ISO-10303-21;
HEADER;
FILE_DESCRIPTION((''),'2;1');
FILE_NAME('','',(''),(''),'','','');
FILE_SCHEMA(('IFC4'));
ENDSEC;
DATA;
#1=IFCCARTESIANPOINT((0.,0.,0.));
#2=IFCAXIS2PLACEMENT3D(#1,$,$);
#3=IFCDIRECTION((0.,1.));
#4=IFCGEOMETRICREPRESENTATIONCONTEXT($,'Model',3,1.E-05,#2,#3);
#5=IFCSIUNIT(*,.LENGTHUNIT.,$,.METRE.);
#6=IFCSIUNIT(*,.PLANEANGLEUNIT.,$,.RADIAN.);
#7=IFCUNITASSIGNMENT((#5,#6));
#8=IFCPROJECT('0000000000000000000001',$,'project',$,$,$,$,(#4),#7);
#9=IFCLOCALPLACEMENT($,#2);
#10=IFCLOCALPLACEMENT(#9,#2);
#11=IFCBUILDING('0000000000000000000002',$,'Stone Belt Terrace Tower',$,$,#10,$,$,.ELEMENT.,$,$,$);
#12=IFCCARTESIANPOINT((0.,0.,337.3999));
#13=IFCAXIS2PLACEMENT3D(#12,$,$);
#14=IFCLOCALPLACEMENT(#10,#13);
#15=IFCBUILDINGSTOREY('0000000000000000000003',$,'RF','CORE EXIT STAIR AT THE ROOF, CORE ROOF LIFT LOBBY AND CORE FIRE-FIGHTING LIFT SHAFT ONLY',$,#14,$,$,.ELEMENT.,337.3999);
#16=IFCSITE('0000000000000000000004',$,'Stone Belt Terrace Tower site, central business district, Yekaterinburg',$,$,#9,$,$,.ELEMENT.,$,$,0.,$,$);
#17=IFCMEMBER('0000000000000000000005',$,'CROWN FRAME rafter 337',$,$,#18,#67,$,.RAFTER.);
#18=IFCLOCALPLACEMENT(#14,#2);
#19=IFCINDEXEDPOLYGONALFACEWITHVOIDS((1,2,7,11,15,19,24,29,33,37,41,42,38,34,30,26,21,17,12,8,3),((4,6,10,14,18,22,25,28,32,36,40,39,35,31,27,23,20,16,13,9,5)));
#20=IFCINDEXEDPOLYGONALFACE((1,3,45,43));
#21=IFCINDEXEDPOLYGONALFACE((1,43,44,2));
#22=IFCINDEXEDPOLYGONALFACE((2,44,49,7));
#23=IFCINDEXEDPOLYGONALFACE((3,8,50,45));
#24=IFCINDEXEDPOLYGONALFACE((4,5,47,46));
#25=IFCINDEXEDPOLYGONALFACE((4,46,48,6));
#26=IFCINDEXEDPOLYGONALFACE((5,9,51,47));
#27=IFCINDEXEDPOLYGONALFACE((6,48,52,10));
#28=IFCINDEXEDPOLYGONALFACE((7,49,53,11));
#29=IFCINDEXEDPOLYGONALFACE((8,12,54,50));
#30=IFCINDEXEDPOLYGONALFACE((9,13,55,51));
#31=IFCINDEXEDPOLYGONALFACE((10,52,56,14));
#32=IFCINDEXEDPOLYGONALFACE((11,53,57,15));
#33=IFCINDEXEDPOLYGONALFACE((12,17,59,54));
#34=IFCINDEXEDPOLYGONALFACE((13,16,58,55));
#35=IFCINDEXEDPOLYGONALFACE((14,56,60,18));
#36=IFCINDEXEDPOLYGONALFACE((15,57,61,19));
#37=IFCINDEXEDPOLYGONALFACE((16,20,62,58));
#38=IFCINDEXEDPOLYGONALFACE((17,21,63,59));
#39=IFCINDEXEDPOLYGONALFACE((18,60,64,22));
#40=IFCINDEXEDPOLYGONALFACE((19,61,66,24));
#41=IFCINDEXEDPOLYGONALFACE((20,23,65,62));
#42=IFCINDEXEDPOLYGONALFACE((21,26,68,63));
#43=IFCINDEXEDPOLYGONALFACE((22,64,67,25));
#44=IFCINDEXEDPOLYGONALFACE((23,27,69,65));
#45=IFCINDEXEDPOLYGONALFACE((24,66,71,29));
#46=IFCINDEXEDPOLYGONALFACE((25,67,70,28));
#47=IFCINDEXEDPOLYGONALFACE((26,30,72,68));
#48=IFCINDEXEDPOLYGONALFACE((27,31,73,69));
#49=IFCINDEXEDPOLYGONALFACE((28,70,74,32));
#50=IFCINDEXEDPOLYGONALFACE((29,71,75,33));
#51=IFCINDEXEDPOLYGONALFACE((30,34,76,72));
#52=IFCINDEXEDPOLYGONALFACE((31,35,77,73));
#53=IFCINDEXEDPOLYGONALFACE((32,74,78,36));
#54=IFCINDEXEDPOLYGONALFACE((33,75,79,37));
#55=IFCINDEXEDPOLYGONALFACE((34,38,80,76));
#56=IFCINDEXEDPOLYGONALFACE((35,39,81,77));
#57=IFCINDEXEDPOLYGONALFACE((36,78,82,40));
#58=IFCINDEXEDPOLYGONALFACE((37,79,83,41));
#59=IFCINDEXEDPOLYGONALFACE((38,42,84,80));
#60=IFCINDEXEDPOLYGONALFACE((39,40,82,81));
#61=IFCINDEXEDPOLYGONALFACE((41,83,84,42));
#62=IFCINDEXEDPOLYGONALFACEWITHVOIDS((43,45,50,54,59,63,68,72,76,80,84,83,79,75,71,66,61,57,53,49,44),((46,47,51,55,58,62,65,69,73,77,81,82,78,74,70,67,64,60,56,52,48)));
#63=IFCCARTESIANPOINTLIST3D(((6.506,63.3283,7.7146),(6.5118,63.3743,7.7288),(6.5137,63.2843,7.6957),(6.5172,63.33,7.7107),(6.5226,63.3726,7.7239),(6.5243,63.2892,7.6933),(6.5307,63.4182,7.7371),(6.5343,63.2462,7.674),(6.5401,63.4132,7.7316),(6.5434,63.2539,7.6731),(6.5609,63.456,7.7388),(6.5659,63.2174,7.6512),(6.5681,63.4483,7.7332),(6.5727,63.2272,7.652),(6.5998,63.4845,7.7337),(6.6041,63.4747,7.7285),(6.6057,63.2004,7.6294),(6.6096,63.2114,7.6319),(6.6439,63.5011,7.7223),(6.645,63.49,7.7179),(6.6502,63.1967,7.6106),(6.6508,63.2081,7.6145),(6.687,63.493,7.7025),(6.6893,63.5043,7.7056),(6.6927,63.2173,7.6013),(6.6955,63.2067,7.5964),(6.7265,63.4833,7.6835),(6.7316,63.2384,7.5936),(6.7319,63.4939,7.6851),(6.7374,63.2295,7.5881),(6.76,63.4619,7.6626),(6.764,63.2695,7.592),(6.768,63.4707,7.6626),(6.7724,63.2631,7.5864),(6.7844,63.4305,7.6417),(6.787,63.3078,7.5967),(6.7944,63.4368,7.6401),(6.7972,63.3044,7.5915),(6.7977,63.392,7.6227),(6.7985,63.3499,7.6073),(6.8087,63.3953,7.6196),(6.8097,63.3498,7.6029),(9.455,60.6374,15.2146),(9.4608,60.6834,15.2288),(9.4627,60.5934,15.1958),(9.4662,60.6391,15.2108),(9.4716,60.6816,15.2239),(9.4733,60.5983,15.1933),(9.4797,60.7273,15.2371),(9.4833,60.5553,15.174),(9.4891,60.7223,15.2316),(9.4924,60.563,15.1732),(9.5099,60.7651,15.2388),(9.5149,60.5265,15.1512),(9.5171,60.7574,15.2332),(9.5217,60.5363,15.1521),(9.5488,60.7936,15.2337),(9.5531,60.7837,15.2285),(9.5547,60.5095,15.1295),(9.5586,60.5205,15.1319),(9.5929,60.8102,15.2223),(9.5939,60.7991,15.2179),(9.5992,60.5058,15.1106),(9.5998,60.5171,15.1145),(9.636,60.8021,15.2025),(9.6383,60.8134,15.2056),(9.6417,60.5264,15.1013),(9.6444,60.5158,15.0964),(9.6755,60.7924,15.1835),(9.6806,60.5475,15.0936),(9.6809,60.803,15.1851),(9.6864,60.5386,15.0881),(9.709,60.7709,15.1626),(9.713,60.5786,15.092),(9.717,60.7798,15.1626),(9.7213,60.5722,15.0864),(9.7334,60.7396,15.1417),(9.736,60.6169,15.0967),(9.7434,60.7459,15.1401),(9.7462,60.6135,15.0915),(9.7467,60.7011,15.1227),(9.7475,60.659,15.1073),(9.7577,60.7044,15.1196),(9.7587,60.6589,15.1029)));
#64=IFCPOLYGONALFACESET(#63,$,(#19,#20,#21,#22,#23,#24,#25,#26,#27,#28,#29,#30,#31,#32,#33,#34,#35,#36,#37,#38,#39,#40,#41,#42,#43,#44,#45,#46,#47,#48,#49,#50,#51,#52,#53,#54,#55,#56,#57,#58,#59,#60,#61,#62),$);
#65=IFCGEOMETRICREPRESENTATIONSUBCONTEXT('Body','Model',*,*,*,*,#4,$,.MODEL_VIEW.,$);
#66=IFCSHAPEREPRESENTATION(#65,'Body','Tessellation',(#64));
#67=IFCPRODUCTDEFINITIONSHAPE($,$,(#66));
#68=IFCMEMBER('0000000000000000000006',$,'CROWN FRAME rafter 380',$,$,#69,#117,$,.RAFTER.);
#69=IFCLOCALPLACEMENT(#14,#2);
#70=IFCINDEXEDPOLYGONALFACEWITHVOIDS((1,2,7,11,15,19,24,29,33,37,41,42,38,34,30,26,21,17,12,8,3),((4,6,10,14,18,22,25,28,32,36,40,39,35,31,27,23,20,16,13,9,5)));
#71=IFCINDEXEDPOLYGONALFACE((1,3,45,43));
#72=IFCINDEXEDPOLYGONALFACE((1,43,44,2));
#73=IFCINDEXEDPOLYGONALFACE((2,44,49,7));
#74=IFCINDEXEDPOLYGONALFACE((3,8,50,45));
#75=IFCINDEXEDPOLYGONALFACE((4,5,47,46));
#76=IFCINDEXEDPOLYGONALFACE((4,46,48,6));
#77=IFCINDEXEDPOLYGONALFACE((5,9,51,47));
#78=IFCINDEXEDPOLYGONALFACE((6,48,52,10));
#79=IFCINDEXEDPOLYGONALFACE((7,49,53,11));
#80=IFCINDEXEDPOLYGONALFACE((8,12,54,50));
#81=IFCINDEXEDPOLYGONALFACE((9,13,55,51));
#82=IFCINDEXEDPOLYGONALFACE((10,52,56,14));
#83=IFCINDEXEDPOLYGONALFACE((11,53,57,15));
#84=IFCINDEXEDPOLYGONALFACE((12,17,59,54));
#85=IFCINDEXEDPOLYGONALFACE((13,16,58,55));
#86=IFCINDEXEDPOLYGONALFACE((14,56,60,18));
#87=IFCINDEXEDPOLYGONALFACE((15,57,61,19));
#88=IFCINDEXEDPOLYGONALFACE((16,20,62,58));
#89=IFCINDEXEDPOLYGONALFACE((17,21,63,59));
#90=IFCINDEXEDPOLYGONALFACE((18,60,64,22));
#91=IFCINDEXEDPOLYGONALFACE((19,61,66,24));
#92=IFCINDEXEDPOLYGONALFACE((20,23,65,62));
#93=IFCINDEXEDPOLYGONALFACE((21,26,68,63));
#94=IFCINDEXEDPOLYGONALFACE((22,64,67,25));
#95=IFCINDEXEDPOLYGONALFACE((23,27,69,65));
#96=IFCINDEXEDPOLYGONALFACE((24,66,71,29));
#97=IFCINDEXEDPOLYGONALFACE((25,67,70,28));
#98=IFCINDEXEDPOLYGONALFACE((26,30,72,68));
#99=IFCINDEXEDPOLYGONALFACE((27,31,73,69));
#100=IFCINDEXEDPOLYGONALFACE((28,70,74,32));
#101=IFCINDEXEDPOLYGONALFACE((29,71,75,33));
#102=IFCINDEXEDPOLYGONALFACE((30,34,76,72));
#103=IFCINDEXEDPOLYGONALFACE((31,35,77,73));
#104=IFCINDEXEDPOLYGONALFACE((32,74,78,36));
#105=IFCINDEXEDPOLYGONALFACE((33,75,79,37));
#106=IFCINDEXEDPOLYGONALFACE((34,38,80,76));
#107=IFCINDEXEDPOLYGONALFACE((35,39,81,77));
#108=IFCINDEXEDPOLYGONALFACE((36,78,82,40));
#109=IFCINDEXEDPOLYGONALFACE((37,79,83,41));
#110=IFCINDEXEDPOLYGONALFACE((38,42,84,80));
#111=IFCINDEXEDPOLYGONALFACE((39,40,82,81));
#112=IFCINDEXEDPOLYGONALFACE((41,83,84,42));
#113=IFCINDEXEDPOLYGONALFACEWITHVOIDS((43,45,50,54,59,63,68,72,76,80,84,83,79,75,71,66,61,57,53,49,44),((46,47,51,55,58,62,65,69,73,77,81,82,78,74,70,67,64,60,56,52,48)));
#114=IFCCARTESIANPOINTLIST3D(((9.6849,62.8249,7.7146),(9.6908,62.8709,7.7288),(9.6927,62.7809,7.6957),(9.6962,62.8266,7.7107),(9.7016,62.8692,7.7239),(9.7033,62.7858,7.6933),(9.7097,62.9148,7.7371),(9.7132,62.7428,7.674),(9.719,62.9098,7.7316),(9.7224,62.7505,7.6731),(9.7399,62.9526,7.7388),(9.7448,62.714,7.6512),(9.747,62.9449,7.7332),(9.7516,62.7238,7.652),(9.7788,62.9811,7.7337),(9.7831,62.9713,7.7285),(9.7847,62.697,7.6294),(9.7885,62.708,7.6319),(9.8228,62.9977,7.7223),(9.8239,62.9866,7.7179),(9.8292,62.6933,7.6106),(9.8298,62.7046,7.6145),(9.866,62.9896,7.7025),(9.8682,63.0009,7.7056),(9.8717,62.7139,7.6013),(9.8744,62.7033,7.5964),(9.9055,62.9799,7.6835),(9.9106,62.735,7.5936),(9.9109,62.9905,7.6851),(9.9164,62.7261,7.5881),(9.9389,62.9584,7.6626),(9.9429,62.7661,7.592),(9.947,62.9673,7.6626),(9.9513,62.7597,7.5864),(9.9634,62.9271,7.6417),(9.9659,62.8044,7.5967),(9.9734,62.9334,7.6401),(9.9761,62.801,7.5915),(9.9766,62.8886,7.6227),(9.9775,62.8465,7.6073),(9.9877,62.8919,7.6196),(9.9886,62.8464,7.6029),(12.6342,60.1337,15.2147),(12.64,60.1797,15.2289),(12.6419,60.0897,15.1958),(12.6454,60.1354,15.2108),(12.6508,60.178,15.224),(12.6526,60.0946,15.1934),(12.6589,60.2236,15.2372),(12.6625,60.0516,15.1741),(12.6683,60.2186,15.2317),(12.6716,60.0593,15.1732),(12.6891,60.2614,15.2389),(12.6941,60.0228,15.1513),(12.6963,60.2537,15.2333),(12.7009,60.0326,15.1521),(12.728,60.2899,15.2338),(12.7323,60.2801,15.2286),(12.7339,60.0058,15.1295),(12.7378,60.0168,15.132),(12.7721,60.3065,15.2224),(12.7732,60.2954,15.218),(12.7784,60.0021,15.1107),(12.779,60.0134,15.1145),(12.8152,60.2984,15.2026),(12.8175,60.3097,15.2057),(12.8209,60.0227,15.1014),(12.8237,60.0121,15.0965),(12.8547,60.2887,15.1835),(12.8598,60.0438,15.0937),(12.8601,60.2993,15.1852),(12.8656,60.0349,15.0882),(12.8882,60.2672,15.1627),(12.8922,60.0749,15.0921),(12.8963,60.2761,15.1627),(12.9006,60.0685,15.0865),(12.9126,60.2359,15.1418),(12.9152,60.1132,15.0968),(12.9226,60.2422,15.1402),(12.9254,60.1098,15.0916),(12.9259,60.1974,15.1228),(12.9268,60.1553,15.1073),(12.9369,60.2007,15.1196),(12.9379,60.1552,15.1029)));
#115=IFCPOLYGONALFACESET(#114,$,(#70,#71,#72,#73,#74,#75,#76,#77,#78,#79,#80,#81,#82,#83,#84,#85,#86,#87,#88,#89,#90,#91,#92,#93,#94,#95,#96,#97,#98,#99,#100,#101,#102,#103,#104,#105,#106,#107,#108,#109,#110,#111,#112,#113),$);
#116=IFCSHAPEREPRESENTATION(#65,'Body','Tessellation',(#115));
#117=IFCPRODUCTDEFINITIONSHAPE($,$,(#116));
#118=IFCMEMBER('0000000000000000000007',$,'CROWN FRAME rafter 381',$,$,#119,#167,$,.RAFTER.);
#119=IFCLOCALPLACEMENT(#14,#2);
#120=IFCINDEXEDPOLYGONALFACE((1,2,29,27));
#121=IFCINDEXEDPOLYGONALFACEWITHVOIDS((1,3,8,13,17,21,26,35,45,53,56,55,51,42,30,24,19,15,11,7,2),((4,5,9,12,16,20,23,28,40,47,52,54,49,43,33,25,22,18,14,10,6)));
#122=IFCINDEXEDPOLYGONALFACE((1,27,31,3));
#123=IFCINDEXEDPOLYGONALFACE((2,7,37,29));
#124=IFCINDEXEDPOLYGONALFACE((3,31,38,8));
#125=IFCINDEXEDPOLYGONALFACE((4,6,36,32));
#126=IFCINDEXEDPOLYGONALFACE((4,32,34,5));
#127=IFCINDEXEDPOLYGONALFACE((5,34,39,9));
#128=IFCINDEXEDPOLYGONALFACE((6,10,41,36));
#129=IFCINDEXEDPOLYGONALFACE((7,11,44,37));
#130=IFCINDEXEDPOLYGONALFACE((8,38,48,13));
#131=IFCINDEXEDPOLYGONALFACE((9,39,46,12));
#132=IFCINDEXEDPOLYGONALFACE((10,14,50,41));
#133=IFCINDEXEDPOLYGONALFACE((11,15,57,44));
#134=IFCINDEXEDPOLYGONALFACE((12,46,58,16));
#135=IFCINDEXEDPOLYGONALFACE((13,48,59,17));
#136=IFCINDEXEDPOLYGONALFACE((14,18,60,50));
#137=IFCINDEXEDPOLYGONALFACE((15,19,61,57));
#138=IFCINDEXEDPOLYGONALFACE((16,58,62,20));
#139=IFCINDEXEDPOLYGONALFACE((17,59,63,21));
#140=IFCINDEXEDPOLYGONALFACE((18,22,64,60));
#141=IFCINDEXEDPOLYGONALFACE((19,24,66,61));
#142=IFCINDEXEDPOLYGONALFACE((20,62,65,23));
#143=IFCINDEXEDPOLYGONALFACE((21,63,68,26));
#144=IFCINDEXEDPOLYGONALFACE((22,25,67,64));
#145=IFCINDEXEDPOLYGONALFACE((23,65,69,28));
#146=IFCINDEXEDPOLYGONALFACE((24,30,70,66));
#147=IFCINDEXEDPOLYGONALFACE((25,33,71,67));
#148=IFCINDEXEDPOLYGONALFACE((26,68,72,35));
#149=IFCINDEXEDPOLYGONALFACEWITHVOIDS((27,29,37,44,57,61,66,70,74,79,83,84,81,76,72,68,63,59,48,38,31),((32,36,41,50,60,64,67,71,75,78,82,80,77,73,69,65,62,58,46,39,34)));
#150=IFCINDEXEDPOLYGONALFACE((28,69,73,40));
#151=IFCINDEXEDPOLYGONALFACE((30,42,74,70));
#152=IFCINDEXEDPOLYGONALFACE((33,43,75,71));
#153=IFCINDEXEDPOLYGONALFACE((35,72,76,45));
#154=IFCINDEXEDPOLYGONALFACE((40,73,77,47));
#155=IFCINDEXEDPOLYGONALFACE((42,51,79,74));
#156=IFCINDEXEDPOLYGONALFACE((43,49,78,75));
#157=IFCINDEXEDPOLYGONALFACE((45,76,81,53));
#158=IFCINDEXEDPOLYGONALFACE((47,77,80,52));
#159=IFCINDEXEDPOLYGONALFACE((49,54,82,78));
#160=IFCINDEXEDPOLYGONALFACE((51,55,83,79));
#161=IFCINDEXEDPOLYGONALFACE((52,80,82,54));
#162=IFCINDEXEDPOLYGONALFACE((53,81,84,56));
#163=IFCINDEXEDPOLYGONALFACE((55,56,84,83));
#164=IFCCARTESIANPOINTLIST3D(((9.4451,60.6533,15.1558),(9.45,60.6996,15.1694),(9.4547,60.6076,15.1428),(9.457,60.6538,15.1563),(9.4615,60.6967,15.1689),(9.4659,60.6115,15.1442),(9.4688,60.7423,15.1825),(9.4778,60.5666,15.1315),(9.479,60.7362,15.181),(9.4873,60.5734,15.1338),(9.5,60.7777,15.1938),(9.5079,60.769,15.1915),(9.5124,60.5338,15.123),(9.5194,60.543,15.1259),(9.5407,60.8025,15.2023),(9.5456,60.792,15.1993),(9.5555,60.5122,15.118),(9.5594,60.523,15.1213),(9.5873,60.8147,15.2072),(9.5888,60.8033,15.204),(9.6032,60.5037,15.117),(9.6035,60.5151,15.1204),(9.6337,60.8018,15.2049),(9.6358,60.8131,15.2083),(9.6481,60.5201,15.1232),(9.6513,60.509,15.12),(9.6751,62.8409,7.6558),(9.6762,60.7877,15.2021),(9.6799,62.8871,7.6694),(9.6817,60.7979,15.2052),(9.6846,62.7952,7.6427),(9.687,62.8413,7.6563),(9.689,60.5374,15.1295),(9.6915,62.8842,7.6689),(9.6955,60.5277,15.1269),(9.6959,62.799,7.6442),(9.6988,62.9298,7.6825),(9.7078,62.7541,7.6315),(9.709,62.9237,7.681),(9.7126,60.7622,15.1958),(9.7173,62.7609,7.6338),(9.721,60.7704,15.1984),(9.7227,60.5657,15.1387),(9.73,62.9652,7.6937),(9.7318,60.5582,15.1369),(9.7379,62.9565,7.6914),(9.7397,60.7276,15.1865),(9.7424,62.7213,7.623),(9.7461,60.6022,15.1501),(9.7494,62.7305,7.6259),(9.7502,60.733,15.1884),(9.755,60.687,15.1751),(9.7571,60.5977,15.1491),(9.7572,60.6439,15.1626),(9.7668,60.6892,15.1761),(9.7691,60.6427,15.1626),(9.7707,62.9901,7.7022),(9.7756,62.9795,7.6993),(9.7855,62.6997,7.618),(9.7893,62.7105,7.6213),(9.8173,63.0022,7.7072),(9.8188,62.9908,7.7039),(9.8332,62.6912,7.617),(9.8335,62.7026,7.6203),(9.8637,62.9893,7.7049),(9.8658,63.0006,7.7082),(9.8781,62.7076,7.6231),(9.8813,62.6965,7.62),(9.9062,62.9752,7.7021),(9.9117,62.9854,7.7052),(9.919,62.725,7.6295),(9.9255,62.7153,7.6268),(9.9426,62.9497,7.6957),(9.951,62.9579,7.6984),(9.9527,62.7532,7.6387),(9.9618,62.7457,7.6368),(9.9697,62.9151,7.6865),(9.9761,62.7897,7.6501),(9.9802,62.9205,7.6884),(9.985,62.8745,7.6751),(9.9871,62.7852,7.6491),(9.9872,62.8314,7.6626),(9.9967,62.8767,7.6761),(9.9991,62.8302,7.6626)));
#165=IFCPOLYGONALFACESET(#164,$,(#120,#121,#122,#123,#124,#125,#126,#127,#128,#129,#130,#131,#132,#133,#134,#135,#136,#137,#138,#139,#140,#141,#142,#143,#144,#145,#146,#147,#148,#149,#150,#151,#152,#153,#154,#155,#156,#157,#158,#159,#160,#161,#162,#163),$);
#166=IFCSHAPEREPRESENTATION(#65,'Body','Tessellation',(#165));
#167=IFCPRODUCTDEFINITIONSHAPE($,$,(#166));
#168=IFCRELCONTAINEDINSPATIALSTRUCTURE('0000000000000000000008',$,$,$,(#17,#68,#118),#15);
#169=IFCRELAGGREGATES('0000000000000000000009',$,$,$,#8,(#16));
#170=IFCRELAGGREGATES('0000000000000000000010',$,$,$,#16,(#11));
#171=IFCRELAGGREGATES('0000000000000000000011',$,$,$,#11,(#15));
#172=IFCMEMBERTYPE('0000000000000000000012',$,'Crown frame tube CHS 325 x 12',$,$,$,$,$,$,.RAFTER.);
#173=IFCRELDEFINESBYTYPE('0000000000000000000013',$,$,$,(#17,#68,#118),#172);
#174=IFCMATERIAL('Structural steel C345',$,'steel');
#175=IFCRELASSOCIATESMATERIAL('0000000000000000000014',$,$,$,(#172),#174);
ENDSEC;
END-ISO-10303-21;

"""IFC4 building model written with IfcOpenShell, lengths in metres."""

from ifc_helpers import new_model, si_unit, direction, frame, origin, origin_2d, place, context, subcontext, project, spatial, hollow_circle, extrude, material, material_profile, profile_set, type_object, element, save


model = new_model("IFC4")

# Units and contexts
model_context = context("Model", 3, precision=1e-05, world=origin(), true_north=direction((0.0, 1.0)))
body_context = subcontext(model_context, "Body", "Model", "MODEL_VIEW")
ifc_project = project(units=[si_unit("LENGTHUNIT", "METRE"), si_unit("PLANEANGLEUNIT", "RADIAN")], contexts=[model_context])

# Site, building, storey
site_placement = place(None, origin())
site = spatial("IfcSite", under=ifc_project, at=site_placement, Name="Stone Belt Terrace Tower site, central business district, Yekaterinburg", CompositionType="ELEMENT", RefElevation=0.0)
building_placement = place(site_placement, origin())
building = spatial("IfcBuilding", under=site, at=building_placement, Name="Stone Belt Terrace Tower", CompositionType="ELEMENT")
storey_placement = place(building_placement, frame((0.0, 0.0, 337.3999)))
storey = spatial("IfcBuildingStorey", under=building, at=storey_placement, Name="RF", Description="CORE EXIT STAIR AT THE ROOF, CORE ROOF LIFT LOBBY AND CORE FIRE-FIGHTING LIFT SHAFT ONLY", CompositionType="ELEMENT", Elevation=337.3999)

# Members
ifc_material_1 = material(Name="Structural steel C345", Category="steel")
ifc_material_profile_1 = material_profile(ifc_material_1, hollow_circle(Radius=0.1626, WallThickness=0.012, at=origin_2d()), Name="Structural steel C345 CHS 325x12")
ifc_profile_set_1 = profile_set([ifc_material_profile_1], Name="Structural steel C345")
member_type_1 = type_object("IfcMemberType", Name="Crown frame tube CHS 325 x 12", PredefinedType="RAFTER", material=ifc_profile_set_1)
member_1_placement = place(storey_placement, frame((6.6584, 63.3506, 7.6626), z_axis=(0.347088, -0.316716, 0.882735), x_axis=(0.674047, 0.738688, 0.0)))
element("IfcMember", 1, at=member_1_placement, inside=storey, type_object=member_type_1, Name="CROWN FRAME rafter 337", PredefinedType="RAFTER", context=body_context, shape_type="SweptSolid", body=[
    extrude(hollow_circle(Radius=0.1626, WallThickness=0.012, at=origin_2d()), origin(), (0.0, 0.0, 1.0), 8.4963),
])
member_2_placement = place(storey_placement, frame((9.8374, 62.8472, 7.6626), z_axis=(0.34711, -0.316738, 0.882718), x_axis=(0.67405, 0.738685, 0.0)))
element("IfcMember", 2, at=member_2_placement, inside=storey, type_object=member_type_1, Name="CROWN FRAME rafter 380", PredefinedType="RAFTER", context=body_context, shape_type="SweptSolid", body=[
    extrude(hollow_circle(Radius=0.1626, WallThickness=0.012, at=origin_2d()), origin(), (0.0, 0.0, 1.0), 8.4966),
])
for number, where, z_axis, x_axis, name in (
    (3, (9.8374, 62.8472, 7.6626), (-0.029425, -0.279879, 0.959584), (0.994519, -0.104558, 0.0), "CROWN FRAME rafter 381"),
):
    element("IfcMember", number, at=place(storey_placement, frame(where, z_axis=z_axis, x_axis=x_axis)), inside=storey, type_object=member_type_1, Name=name, PredefinedType="RAFTER", context=body_context, shape_type="SweptSolid", body=[
        extrude(hollow_circle(Radius=0.1626, WallThickness=0.012, at=origin_2d()), origin(), (0.0, 0.0, 1.0), 7.8159),
    ])

save(model, "model.ifc")
